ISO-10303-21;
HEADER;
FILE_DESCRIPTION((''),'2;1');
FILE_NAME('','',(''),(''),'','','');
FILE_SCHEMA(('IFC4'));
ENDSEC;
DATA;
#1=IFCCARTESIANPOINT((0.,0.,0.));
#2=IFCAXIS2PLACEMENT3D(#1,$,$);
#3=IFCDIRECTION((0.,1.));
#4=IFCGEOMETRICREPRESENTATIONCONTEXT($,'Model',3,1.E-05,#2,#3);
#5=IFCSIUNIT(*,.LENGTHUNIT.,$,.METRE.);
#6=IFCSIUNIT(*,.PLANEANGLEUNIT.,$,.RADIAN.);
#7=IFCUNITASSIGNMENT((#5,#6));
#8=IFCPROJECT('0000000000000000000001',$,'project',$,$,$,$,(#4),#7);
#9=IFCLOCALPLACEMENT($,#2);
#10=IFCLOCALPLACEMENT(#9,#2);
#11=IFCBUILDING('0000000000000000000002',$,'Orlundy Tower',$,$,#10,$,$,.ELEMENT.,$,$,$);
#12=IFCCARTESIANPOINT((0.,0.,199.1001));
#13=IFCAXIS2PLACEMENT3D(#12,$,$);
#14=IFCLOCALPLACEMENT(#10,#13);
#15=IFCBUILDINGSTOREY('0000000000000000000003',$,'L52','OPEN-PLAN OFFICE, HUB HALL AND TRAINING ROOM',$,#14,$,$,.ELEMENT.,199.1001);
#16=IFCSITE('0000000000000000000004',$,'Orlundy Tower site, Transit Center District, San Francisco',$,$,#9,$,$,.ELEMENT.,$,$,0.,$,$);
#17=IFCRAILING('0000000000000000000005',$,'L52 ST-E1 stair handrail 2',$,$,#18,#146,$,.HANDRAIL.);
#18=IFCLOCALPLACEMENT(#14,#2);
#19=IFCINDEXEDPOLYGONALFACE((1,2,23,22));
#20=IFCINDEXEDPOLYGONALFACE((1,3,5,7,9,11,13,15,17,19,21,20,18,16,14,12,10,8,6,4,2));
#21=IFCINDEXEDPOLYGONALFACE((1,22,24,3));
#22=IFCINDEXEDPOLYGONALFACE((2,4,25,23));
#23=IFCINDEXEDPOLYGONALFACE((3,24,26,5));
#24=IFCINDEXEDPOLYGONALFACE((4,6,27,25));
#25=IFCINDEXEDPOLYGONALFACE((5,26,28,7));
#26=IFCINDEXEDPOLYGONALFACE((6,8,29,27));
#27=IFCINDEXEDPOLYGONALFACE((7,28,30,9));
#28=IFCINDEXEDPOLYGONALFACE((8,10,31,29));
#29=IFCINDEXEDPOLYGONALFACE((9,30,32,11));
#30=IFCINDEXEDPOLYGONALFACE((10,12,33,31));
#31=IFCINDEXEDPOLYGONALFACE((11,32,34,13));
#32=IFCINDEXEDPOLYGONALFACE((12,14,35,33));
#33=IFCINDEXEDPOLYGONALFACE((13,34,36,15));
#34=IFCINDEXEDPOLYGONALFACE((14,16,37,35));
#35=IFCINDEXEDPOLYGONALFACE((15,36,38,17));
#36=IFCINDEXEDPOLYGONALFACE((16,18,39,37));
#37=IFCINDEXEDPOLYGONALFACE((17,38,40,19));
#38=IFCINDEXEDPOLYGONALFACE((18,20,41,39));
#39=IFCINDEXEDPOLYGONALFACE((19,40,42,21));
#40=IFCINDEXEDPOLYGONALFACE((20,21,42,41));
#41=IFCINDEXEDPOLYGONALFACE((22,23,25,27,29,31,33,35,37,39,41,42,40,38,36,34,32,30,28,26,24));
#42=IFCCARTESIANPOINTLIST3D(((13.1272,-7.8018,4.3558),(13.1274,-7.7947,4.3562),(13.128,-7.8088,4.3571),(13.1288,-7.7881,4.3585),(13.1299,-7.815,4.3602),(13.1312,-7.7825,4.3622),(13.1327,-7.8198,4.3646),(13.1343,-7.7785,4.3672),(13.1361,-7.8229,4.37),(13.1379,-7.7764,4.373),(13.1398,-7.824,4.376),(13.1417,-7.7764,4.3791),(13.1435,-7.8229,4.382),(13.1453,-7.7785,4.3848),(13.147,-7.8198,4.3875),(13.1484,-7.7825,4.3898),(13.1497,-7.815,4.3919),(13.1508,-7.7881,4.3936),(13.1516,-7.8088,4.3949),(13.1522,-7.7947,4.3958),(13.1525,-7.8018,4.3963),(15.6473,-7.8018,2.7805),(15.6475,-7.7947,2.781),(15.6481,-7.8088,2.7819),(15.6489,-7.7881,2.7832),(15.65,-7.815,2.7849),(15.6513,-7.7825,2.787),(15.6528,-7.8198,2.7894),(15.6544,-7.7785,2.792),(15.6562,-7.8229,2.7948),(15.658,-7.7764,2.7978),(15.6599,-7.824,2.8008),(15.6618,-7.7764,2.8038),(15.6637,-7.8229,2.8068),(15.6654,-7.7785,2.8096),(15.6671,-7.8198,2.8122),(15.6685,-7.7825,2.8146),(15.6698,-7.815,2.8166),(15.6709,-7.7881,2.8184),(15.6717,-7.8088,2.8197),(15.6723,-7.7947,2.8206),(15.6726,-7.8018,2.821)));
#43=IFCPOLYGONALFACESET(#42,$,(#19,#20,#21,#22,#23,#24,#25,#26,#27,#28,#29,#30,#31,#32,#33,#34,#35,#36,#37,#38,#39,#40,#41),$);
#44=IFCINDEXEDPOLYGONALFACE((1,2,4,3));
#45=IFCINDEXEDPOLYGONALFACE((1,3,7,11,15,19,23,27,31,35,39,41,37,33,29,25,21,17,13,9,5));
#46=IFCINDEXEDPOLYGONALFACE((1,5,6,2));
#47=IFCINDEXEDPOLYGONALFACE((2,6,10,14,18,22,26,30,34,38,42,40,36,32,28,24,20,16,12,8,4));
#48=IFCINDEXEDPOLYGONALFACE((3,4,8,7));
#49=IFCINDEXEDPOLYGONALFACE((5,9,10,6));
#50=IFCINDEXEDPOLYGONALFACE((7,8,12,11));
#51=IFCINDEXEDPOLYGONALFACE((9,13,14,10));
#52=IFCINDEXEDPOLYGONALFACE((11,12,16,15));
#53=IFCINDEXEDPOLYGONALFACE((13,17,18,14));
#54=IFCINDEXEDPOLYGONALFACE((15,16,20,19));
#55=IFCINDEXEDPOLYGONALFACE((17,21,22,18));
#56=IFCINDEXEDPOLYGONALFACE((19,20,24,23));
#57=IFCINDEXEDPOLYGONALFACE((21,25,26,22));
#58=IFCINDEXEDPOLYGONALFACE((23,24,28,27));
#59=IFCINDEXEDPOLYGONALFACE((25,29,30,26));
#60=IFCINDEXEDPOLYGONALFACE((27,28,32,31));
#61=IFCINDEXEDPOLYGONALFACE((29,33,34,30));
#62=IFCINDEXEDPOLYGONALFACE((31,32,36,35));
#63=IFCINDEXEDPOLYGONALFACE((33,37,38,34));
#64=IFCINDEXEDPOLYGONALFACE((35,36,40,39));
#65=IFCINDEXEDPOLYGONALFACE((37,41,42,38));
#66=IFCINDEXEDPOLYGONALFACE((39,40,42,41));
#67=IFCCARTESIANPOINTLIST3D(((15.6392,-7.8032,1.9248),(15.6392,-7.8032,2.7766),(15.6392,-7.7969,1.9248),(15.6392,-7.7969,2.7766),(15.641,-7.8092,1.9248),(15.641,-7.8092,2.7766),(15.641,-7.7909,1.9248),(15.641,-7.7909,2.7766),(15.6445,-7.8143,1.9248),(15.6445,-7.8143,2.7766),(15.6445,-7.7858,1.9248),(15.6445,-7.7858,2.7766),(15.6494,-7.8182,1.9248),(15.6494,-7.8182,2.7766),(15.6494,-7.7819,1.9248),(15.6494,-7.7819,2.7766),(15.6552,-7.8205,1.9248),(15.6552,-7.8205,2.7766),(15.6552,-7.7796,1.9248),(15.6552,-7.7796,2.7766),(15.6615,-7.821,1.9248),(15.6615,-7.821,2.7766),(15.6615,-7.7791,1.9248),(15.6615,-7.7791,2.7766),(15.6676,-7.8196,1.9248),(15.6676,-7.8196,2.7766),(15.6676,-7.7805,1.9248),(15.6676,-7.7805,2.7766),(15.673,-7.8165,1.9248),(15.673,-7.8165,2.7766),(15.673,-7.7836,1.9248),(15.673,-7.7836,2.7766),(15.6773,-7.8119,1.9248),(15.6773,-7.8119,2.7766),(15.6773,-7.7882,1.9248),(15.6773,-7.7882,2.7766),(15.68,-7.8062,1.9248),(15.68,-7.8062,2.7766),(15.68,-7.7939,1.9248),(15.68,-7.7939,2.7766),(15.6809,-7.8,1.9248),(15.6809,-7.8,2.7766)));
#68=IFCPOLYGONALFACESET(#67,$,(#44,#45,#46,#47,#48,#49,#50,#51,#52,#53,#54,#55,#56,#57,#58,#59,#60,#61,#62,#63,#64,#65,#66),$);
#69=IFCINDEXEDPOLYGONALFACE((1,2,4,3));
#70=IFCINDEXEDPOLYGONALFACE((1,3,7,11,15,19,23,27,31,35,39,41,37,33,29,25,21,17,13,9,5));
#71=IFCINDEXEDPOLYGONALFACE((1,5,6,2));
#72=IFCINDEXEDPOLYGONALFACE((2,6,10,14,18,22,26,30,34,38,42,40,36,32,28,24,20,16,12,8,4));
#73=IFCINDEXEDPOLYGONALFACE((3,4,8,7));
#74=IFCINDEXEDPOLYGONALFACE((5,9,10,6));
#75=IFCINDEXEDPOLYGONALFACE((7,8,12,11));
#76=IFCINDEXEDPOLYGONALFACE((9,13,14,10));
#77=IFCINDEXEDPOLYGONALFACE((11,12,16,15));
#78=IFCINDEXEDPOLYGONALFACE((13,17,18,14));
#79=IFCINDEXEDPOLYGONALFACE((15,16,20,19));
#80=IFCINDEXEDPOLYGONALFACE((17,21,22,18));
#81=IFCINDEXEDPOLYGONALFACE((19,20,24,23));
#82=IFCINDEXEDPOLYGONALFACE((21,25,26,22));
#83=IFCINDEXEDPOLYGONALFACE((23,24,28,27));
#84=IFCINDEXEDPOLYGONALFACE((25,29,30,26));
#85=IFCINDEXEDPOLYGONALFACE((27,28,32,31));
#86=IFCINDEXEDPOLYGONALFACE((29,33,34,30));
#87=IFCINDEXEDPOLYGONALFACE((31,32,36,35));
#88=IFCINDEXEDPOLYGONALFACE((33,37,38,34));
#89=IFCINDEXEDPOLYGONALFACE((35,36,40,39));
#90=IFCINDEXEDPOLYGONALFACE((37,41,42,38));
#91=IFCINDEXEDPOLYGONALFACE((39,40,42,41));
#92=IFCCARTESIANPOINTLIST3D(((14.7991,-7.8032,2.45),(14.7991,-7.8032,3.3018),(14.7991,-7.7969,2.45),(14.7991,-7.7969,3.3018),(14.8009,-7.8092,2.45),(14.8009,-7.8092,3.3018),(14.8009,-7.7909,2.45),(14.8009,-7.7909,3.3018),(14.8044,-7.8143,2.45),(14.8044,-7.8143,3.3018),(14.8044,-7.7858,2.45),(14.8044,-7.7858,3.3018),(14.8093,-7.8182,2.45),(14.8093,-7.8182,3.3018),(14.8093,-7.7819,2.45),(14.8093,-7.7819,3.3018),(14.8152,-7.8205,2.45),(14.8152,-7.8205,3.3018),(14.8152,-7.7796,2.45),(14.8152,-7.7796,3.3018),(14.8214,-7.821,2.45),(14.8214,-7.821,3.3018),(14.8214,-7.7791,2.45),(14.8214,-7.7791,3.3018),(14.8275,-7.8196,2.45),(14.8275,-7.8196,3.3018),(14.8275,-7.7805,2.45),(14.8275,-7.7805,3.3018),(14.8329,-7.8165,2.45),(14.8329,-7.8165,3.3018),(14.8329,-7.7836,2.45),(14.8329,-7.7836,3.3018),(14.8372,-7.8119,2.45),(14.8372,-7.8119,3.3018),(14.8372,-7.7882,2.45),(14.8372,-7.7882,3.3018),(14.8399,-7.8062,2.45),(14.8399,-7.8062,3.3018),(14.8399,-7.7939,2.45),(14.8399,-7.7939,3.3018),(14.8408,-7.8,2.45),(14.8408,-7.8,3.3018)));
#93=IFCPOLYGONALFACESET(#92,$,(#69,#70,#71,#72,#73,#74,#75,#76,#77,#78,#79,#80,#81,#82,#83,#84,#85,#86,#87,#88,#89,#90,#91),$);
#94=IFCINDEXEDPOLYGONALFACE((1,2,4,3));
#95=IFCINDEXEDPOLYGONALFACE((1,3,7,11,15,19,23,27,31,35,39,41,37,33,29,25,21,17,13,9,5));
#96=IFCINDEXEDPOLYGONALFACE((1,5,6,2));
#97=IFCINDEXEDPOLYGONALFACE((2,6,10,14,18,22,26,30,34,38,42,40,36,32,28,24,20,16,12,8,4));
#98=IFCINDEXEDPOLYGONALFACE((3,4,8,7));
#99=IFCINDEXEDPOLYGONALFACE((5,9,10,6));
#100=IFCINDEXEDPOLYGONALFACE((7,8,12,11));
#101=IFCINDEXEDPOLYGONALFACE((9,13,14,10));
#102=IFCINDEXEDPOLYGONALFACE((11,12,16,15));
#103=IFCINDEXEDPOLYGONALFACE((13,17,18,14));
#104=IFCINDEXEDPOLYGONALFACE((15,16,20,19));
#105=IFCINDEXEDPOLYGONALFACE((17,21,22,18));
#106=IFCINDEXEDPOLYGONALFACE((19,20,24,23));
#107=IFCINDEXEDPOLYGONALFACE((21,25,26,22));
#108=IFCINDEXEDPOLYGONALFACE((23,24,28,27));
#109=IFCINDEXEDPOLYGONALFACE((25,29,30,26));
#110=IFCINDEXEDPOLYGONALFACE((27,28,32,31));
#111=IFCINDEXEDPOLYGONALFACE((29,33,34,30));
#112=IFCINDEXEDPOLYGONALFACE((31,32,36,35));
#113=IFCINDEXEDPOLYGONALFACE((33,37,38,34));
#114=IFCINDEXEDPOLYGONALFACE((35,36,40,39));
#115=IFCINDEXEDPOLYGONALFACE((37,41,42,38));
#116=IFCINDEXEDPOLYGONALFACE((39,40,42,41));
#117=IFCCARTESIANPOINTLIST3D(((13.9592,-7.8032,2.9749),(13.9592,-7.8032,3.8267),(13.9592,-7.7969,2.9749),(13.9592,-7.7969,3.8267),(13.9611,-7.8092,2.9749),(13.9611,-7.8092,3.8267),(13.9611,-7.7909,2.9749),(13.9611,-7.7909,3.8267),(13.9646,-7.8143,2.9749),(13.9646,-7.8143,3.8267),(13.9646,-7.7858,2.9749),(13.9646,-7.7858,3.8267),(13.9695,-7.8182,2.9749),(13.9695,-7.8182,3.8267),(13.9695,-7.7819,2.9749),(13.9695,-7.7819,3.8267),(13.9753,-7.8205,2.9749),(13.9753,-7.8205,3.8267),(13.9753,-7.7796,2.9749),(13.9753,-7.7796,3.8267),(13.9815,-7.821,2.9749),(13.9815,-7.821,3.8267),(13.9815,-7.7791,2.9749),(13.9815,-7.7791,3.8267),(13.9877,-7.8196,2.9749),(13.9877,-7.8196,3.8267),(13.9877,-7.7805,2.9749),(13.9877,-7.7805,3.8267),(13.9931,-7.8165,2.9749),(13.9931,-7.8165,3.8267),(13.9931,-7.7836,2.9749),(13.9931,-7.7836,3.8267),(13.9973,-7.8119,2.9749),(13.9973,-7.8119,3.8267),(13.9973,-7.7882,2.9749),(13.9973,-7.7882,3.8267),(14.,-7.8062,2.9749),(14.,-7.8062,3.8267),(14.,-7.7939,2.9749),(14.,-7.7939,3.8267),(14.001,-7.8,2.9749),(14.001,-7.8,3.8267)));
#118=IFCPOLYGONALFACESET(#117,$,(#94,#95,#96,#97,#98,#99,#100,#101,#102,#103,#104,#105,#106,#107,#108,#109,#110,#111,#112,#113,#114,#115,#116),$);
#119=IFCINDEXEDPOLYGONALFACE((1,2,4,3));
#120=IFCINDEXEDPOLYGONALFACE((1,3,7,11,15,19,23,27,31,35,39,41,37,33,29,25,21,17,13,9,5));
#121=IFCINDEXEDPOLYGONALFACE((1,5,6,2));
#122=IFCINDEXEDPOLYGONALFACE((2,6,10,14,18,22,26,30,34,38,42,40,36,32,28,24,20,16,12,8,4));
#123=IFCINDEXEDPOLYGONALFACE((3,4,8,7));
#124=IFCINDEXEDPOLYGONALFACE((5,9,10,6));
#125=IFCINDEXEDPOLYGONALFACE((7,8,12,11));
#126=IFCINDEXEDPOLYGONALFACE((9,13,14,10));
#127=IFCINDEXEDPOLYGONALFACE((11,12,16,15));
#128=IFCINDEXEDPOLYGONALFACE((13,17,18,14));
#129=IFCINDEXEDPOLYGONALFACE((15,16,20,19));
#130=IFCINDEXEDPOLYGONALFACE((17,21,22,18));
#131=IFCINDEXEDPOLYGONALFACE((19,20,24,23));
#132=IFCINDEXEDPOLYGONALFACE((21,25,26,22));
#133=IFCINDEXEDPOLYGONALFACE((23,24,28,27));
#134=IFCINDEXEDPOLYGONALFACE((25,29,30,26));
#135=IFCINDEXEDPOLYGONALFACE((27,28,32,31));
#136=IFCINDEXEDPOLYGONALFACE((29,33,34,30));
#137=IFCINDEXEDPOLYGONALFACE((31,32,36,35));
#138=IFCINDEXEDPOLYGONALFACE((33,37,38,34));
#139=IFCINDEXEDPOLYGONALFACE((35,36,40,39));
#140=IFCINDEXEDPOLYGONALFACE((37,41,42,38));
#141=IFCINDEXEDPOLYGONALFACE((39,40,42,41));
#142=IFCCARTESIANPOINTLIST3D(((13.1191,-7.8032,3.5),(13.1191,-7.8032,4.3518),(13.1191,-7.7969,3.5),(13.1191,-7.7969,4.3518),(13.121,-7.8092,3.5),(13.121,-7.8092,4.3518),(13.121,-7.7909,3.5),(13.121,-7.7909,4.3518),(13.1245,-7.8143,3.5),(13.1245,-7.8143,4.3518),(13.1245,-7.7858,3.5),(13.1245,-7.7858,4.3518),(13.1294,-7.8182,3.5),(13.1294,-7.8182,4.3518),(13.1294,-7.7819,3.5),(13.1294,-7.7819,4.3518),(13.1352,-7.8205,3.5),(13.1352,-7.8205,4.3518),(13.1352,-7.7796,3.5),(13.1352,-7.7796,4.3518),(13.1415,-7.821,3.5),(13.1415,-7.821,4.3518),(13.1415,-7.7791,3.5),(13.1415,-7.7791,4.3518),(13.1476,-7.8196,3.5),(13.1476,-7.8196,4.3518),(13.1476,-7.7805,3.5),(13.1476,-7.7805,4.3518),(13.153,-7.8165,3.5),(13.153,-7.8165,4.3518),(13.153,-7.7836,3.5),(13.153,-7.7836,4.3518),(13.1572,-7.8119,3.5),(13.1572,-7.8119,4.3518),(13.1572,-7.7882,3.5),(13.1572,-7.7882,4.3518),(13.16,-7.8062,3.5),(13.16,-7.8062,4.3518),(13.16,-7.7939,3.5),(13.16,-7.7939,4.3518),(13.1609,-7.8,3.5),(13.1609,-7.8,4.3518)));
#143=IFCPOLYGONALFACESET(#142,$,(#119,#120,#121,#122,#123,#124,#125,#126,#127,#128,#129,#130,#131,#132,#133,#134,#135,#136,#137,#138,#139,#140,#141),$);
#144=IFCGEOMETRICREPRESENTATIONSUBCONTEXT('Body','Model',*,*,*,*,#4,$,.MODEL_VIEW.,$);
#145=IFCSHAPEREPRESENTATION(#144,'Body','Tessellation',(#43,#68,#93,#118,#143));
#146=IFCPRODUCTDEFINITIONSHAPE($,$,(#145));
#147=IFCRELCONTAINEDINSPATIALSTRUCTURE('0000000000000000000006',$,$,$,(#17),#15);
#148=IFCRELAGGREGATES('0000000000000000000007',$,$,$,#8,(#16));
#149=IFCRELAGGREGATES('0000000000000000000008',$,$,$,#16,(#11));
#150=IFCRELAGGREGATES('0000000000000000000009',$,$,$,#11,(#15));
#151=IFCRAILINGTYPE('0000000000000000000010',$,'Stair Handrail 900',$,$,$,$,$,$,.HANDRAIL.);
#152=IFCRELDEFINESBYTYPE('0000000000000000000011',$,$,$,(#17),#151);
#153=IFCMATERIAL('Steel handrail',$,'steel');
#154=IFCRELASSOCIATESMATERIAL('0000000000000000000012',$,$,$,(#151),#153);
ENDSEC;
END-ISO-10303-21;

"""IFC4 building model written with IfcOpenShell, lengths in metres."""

from ifc_helpers import new_model, si_unit, direction, frame, origin, origin_2d, place, context, subcontext, project, spatial, circle, extrude, material, type_object, element, save


model = new_model("IFC4")

# Units and contexts
model_context = context("Model", 3, precision=1e-05, world=origin(), true_north=direction((0.0, 1.0)))
body_context = subcontext(model_context, "Body", "Model", "MODEL_VIEW")
ifc_project = project(units=[si_unit("LENGTHUNIT", "METRE"), si_unit("PLANEANGLEUNIT", "RADIAN")], contexts=[model_context])

# Site, building, storey
site_placement = place(None, origin())
site = spatial("IfcSite", under=ifc_project, at=site_placement, Name="Orlundy Tower site, Transit Center District, San Francisco", CompositionType="ELEMENT", RefElevation=0.0)
building_placement = place(site_placement, origin())
building = spatial("IfcBuilding", under=site, at=building_placement, Name="Orlundy Tower", CompositionType="ELEMENT")
storey_placement = place(building_placement, frame((0.0, 0.0, 199.1001)))
storey = spatial("IfcBuildingStorey", under=building, at=storey_placement, Name="L52", Description="OPEN-PLAN OFFICE, HUB HALL AND TRAINING ROOM", CompositionType="ELEMENT", Elevation=199.1001)

# Railing
ifc_material_1 = material(Name="Steel handrail", Category="steel")
railing_type_1 = type_object("IfcRailingType", Name="Stair Handrail 900", PredefinedType="HANDRAIL", material=ifc_material_1)
railing_1_placement = place(storey_placement, frame((15.6599, -7.8, 1.9248)))
element("IfcRailing", 1, at=railing_1_placement, inside=storey, type_object=railing_type_1, Name="L52 ST-E1 stair handrail 2", PredefinedType="HANDRAIL", context=body_context, shape_type="SweptSolid", body=[
    extrude(circle(Radius=0.0239, at=origin_2d()), frame((0.0, 0.0, 0.876), z_axis=(-0.847971, 0.0, 0.530043), x_axis=(0.0, -1.0, 0.0)), (0.0, 0.0, 1.0), 2.9719),
    extrude(circle(Radius=0.021, at=origin_2d()), origin(), (0.0, 0.0, 1.0), 0.8518),
    extrude(circle(Radius=0.021, at=origin_2d()), frame((-0.8401, 0.0, 0.5251)), (0.0, 0.0, 1.0), 0.8518),
    extrude(circle(Radius=0.021, at=origin_2d()), frame((-1.6799, 0.0, 1.05)), (0.0, 0.0, 1.0), 0.8518),
    extrude(circle(Radius=0.021, at=origin_2d()), frame((-2.52, 0.0, 1.5752)), (0.0, 0.0, 1.0), 0.8518),
])

save(model, "model.ifc")
